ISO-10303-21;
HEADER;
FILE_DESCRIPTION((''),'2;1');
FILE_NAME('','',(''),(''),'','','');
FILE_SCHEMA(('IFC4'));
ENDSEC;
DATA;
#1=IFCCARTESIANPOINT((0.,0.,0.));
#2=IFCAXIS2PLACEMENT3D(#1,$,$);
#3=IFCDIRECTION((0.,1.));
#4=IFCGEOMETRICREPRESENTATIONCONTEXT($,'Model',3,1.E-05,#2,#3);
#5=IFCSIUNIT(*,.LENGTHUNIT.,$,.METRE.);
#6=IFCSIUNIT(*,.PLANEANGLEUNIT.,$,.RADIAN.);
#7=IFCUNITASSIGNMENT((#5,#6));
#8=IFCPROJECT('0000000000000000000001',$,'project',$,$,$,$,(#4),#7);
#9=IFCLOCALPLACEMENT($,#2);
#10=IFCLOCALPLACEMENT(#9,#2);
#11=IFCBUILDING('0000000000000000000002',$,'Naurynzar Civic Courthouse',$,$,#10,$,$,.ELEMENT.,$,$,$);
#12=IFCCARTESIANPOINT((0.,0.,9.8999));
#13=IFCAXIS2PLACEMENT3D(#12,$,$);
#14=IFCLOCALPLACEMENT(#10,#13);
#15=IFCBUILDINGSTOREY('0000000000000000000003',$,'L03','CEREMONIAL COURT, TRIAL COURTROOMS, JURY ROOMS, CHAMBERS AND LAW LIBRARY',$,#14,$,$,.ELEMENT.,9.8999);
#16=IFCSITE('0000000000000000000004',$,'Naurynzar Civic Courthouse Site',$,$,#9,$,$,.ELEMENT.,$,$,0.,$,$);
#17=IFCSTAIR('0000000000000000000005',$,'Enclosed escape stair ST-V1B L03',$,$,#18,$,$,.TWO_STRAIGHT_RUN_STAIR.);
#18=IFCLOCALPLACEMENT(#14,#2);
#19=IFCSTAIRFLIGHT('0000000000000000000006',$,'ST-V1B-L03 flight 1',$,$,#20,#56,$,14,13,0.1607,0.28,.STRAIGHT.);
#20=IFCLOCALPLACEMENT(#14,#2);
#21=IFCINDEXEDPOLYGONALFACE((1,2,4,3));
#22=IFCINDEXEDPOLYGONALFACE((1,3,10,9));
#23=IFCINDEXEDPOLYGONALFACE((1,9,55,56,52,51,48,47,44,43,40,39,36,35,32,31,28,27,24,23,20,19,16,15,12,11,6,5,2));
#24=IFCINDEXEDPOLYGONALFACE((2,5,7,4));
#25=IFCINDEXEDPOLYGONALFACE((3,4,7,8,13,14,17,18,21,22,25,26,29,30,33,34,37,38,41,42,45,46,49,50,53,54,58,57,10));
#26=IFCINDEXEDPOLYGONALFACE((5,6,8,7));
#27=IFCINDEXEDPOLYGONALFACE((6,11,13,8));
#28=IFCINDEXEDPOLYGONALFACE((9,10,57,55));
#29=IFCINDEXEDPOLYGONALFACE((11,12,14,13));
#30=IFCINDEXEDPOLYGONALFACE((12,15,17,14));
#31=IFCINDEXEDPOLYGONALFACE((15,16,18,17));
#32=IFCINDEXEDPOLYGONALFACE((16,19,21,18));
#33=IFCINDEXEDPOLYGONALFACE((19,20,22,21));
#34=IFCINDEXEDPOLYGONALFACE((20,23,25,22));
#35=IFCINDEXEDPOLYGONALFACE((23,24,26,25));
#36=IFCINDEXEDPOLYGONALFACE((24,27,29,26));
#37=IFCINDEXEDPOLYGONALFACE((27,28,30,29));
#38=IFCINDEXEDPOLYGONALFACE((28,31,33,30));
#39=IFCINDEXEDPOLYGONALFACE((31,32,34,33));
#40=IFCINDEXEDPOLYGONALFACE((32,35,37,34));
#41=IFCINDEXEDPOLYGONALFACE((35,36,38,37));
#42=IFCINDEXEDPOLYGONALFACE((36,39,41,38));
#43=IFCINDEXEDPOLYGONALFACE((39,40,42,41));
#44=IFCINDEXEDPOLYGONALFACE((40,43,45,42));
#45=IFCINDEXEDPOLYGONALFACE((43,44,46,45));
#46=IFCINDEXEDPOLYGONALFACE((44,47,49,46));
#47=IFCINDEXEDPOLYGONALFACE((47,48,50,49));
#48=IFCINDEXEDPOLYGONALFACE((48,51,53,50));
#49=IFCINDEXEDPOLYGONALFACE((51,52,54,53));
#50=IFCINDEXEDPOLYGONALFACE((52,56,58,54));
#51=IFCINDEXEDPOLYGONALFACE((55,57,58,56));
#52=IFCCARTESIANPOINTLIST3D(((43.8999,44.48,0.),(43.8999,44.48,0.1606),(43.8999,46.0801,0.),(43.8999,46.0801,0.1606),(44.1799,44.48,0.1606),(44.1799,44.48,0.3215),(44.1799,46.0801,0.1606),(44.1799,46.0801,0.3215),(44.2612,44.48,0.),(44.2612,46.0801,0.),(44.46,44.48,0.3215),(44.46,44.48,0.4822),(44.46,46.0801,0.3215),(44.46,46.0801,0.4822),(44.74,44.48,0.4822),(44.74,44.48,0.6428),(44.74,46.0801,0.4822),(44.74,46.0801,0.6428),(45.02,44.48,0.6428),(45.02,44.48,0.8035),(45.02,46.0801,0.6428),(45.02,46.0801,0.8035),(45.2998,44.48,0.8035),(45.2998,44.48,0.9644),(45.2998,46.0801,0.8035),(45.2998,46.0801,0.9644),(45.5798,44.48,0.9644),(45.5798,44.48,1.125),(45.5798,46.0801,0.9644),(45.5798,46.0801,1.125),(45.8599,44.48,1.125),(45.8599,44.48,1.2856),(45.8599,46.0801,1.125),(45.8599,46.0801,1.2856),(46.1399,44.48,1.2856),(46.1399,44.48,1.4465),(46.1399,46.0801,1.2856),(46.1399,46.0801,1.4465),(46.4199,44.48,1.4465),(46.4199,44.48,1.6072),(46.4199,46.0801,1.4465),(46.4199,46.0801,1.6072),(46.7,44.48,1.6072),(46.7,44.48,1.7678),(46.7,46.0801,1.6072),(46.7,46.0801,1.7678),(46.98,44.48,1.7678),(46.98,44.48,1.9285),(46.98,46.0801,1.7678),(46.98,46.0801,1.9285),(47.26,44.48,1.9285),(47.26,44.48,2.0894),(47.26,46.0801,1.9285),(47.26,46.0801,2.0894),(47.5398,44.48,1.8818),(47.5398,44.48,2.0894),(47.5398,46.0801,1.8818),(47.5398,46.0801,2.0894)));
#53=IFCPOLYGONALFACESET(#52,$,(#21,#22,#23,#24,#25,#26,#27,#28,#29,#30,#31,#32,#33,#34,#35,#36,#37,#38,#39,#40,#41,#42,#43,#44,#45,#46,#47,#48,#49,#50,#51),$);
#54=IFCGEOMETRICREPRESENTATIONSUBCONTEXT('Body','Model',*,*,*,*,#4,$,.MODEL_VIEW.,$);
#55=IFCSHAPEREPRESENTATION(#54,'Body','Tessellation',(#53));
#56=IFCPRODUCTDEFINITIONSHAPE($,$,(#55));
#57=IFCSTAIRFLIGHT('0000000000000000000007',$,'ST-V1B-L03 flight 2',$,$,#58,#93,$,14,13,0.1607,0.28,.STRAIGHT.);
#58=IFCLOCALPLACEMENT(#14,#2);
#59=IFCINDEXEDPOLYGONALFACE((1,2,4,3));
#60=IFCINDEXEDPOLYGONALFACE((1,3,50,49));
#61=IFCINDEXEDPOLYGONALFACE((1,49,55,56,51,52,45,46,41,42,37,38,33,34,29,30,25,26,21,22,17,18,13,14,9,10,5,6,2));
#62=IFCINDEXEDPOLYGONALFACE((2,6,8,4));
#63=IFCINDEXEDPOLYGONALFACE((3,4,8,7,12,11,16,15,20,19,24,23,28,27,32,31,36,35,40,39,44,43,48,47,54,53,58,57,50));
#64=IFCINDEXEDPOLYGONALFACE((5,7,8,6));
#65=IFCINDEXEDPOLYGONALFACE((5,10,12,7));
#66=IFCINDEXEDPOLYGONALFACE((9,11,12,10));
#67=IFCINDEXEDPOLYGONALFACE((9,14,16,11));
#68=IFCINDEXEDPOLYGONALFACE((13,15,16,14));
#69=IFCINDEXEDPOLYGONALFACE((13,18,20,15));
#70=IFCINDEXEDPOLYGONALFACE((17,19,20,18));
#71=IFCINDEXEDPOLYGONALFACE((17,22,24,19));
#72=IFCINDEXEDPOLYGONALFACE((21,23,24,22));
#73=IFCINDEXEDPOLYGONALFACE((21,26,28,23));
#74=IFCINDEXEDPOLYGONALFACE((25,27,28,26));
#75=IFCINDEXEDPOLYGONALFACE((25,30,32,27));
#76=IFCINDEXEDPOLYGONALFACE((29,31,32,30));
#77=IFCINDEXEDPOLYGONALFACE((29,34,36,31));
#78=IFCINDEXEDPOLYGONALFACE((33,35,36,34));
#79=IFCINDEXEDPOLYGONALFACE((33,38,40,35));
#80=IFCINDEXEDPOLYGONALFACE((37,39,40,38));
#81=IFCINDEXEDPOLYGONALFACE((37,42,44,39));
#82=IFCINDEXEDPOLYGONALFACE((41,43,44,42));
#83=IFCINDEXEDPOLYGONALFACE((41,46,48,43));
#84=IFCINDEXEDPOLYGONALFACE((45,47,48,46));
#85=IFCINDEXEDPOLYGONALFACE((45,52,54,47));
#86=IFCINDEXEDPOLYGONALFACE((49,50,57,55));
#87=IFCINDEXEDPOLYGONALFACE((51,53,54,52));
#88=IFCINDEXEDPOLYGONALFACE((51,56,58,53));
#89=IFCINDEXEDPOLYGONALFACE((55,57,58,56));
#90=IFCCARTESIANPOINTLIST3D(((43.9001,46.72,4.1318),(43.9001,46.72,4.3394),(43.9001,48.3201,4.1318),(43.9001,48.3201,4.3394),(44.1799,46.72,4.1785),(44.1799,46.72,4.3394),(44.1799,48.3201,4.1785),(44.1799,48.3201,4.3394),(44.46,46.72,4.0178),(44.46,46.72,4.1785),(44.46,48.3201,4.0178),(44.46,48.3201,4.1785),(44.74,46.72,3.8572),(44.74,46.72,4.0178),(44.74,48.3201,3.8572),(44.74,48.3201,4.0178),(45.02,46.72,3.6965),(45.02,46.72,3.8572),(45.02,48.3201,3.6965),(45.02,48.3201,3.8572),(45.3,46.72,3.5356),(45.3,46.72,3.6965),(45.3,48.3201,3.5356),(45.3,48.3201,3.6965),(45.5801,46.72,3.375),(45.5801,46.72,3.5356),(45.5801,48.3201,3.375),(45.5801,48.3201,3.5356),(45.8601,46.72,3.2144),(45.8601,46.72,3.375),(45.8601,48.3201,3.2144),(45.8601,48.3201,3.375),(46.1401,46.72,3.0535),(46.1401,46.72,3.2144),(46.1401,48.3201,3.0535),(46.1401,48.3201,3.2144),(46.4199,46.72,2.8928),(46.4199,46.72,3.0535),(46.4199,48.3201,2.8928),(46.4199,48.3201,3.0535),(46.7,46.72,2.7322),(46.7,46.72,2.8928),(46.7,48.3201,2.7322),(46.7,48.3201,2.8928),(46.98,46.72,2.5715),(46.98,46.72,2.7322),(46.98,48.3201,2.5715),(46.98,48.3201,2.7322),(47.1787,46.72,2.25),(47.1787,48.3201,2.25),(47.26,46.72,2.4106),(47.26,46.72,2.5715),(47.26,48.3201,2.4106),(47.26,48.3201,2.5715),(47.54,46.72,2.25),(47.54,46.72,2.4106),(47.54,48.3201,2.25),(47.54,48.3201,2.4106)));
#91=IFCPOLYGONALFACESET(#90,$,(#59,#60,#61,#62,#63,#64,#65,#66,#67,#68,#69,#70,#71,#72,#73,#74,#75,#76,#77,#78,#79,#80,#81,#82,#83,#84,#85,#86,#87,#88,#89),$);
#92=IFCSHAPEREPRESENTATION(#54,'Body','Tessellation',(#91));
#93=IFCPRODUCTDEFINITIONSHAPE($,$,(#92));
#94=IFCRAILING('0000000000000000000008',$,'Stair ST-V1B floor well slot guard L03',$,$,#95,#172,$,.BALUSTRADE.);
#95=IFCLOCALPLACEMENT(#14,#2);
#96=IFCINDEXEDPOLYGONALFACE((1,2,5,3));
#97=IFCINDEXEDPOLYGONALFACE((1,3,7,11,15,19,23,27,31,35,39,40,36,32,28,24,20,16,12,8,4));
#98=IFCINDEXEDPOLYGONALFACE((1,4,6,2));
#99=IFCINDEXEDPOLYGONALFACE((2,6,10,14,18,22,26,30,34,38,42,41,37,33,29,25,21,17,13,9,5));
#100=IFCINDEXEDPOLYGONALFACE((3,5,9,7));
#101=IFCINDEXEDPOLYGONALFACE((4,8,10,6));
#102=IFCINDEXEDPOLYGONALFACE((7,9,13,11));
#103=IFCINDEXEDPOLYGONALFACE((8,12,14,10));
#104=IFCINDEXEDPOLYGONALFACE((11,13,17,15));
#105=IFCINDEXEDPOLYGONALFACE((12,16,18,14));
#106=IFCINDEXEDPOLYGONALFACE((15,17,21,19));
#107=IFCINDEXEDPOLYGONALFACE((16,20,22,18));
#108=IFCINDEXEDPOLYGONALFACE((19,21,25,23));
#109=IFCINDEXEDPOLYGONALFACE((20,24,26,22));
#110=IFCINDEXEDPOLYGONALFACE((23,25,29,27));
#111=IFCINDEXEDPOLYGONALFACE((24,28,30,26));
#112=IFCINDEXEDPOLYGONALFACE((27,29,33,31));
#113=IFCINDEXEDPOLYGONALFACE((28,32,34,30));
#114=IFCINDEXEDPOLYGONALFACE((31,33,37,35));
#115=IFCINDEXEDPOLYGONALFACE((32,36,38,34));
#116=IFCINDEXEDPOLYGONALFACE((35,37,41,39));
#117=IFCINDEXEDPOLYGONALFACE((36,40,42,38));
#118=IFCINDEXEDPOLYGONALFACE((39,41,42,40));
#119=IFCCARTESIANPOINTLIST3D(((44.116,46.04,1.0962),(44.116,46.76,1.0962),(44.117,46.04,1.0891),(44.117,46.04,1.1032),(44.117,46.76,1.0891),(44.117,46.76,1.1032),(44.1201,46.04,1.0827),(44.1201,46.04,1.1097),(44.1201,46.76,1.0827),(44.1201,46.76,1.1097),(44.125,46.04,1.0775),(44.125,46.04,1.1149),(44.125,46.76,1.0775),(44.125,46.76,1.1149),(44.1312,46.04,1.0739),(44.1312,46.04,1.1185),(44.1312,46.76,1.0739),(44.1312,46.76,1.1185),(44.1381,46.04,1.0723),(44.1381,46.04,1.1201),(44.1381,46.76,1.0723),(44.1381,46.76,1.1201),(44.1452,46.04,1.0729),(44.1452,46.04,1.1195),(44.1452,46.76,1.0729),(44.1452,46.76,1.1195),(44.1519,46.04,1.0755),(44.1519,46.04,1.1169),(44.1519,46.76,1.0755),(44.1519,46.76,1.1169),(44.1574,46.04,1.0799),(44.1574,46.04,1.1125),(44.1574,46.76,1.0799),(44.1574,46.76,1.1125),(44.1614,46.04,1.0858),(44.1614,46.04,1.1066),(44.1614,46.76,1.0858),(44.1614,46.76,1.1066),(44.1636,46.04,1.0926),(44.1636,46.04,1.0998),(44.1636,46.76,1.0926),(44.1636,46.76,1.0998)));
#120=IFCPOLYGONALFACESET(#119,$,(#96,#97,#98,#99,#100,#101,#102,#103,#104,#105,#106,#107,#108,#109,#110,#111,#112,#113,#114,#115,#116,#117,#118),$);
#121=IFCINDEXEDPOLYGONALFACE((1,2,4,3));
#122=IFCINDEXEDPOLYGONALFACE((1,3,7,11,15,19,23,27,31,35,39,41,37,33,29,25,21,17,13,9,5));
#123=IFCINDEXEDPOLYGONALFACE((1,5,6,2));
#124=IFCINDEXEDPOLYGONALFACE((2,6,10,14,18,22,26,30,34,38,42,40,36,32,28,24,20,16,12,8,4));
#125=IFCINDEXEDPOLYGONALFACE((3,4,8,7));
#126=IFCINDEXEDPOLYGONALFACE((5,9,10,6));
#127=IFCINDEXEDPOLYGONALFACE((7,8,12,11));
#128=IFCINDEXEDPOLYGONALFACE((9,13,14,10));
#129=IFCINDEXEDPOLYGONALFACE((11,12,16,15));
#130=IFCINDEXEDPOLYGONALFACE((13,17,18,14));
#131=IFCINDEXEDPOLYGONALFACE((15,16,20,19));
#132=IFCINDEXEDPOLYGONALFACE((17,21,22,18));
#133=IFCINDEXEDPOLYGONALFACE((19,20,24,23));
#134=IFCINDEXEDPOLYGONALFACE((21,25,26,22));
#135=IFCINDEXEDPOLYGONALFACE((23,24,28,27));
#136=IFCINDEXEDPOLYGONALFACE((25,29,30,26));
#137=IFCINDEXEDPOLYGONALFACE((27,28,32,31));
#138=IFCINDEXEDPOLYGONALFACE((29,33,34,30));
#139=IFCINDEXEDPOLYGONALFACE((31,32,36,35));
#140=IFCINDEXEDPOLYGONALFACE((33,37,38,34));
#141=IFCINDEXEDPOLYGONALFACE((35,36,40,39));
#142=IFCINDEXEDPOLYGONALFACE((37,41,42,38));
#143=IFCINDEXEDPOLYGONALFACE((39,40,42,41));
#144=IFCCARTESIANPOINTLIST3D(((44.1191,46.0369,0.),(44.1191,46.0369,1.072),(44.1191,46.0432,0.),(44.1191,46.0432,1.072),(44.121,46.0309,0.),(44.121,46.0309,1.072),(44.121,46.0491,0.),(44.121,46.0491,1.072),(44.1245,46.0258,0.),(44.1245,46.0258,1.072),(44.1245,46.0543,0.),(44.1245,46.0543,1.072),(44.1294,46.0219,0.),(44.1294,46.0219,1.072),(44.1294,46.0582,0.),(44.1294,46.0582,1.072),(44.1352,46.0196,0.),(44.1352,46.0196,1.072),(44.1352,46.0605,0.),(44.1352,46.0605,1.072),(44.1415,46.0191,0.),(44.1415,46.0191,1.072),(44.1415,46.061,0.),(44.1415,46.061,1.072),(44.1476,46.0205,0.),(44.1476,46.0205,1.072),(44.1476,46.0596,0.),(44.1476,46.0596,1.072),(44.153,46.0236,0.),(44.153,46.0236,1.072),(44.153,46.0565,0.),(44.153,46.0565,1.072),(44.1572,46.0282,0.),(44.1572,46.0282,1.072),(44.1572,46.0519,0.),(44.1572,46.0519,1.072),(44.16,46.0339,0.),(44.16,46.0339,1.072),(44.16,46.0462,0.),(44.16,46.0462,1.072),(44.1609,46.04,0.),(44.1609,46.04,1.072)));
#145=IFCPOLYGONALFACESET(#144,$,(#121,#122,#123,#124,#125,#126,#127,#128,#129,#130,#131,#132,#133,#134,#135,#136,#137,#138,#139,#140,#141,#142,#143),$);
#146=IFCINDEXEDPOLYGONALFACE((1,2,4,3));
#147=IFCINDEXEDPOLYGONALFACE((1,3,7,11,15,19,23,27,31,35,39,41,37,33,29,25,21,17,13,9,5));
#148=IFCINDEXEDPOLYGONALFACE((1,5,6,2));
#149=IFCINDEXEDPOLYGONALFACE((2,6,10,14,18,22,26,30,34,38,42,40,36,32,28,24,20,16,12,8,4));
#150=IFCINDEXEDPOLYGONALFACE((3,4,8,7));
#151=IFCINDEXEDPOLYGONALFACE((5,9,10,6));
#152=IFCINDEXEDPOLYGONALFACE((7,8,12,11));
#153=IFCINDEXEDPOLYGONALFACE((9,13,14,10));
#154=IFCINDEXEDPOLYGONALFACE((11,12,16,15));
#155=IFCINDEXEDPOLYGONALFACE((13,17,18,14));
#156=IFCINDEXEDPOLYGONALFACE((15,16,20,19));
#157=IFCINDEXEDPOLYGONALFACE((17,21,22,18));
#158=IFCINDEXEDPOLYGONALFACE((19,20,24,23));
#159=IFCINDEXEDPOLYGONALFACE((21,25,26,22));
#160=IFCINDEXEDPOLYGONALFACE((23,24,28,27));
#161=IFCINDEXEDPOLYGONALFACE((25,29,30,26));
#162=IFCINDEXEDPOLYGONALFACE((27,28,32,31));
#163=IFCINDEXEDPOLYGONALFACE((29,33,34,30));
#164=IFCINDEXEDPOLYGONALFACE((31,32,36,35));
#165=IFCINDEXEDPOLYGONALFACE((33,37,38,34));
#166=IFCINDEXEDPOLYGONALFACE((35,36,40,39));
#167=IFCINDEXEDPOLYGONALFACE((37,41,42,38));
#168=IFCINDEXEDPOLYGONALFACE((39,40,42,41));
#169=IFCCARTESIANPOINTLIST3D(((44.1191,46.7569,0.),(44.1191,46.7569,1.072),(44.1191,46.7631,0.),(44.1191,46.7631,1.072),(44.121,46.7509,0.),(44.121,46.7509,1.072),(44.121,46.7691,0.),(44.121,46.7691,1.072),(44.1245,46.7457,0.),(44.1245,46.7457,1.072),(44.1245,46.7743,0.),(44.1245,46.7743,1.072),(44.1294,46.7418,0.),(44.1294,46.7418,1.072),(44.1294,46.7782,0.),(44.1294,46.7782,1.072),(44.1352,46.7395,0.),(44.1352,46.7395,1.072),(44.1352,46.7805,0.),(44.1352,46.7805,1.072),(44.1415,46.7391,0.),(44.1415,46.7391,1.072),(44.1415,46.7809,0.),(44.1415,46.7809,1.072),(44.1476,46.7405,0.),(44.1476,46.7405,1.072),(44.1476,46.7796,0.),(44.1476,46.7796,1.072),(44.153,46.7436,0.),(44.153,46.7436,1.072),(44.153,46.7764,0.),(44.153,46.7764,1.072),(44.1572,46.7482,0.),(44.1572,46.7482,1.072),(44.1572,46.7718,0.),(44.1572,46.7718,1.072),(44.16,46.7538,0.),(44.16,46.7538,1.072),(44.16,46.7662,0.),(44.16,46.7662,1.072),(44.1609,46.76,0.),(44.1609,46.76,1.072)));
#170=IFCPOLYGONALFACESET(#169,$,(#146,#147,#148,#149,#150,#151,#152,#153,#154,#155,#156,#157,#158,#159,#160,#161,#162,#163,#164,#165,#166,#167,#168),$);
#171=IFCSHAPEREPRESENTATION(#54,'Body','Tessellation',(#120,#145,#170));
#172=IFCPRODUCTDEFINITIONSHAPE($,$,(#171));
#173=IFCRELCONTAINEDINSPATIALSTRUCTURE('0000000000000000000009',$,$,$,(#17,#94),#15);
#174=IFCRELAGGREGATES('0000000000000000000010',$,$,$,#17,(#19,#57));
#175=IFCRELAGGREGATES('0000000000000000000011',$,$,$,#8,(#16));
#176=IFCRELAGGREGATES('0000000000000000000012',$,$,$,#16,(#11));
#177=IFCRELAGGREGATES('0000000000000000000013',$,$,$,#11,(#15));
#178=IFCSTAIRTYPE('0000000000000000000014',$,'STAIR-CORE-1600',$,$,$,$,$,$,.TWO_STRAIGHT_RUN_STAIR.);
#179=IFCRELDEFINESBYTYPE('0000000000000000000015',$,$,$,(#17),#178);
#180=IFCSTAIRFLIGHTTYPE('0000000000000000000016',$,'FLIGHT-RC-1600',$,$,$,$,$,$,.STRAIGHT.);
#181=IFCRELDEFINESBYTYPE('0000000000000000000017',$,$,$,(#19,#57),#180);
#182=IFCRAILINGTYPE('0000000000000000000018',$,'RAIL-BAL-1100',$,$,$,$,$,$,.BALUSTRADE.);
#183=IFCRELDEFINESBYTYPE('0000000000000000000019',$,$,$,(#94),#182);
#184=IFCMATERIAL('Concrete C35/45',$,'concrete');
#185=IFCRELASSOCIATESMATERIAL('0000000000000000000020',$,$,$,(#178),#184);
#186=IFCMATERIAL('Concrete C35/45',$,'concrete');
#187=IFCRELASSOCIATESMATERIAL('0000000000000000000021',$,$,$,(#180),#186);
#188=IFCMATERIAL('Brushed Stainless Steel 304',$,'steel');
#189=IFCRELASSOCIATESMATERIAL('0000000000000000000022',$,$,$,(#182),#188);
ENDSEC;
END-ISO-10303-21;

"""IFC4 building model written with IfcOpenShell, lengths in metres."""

from ifc_helpers import new_model, si_unit, direction, frame, origin, origin_2d, place, context, subcontext, project, spatial, polyline, circle, outline, extrude, material, type_object, element, aggregate, save


model = new_model("IFC4")

# Units and contexts
model_context = context("Model", 3, precision=1e-05, world=origin(), true_north=direction((0.0, 1.0)))
body_context = subcontext(model_context, "Body", "Model", "MODEL_VIEW")
ifc_project = project(units=[si_unit("LENGTHUNIT", "METRE"), si_unit("PLANEANGLEUNIT", "RADIAN")], contexts=[model_context])

# Site, building, storey
site_placement = place(None, origin())
site = spatial("IfcSite", under=ifc_project, at=site_placement, Name="Naurynzar Civic Courthouse Site", CompositionType="ELEMENT", RefElevation=0.0)
building_placement = place(site_placement, origin())
building = spatial("IfcBuilding", under=site, at=building_placement, Name="Naurynzar Civic Courthouse", CompositionType="ELEMENT")
storey_placement = place(building_placement, frame((0.0, 0.0, 9.8999)))
storey = spatial("IfcBuildingStorey", under=building, at=storey_placement, Name="L03", Description="CEREMONIAL COURT, TRIAL COURTROOMS, JURY ROOMS, CHAMBERS AND LAW LIBRARY", CompositionType="ELEMENT", Elevation=9.8999)

# Stair, stair flights
ifc_material_1 = material(Name="Concrete C35/45", Category="concrete")
stair_type = type_object("IfcStairType", Name="STAIR-CORE-1600", PredefinedType="TWO_STRAIGHT_RUN_STAIR", material=ifc_material_1)
stair_placement = place(storey_placement, origin())
stair = element("IfcStair", 1, at=stair_placement, inside=storey, type_object=stair_type, Name="Enclosed escape stair ST-V1B L03", PredefinedType="TWO_STRAIGHT_RUN_STAIR")
ifc_material_2 = material(Name="Concrete C35/45", Category="concrete")
stair_flight_type = type_object("IfcStairFlightType", Name="FLIGHT-RC-1600", PredefinedType="STRAIGHT", material=ifc_material_2)
stair_flight_1_placement = place(storey_placement, frame((43.8999, 45.28, 0.0), z_axis=(0.0, 0.0, 1.0), x_axis=(1.0, 0.0, 0.0)))
stair_flight_1 = element("IfcStairFlight", 2, at=stair_flight_1_placement, type_object=stair_flight_type, Name="ST-V1B-L03 flight 1", NumberOfRisers=14, NumberOfTreads=13, PredefinedType="STRAIGHT", RiserHeight=0.1607, TreadLength=0.28, context=body_context, shape_type="SweptSolid", body=[
    extrude(outline(polyline([(0.0, 0.0), (0.0, 0.1606), (0.28, 0.1606), (0.28, 0.3215), (0.5601, 0.3215), (0.5601, 0.4822), (0.8401, 0.4822), (0.8401, 0.6428), (1.1201, 0.6428), (1.1201, 0.8035), (1.3999, 0.8035), (1.3999, 0.9644), (1.6799, 0.9644), (1.6799, 1.125), (1.96, 1.125), (1.96, 1.2856), (2.24, 1.2856), (2.24, 1.4465), (2.52, 1.4465), (2.52, 1.6072), (2.8, 1.6072), (2.8, 1.7678), (3.0801, 1.7678), (3.0801, 1.9285), (3.3601, 1.9285), (3.3601, 2.0894), (3.6399, 2.0894), (3.6399, 2.25), (3.6399, 1.8818), (0.3613, 0.0), (0.0, 0.0)])), frame((0.0, 0.8, 0.0), z_axis=(0.0, -1.0, 0.0), x_axis=(1.0, 0.0, 0.0)), (0.0, 0.0, 1.0), 1.6001),
])
stair_flight_2_placement = place(storey_placement, frame((47.54, 47.52, 2.25), z_axis=(0.0, 0.0, 1.0), x_axis=(-1.0, 0.0, 0.0)))
stair_flight_2 = element("IfcStairFlight", 3, at=stair_flight_2_placement, type_object=stair_flight_type, Name="ST-V1B-L03 flight 2", NumberOfRisers=14, NumberOfTreads=13, PredefinedType="STRAIGHT", RiserHeight=0.1607, TreadLength=0.28, context=body_context, shape_type="SweptSolid", body=[
    extrude(outline(polyline([(0.0, 0.0), (0.0, 0.1606), (0.28, 0.1606), (0.28, 0.3215), (0.5601, 0.3215), (0.5601, 0.4822), (0.8401, 0.4822), (0.8401, 0.6428), (1.1201, 0.6428), (1.1201, 0.8035), (1.3999, 0.8035), (1.3999, 0.9644), (1.6799, 0.9644), (1.6799, 1.125), (1.96, 1.125), (1.96, 1.2856), (2.24, 1.2856), (2.24, 1.4465), (2.52, 1.4465), (2.52, 1.6072), (2.8, 1.6072), (2.8, 1.7678), (3.0801, 1.7678), (3.0801, 1.9285), (3.3601, 1.9285), (3.3601, 2.0894), (3.6399, 2.0894), (3.6399, 2.25), (3.6399, 1.8818), (0.3613, 0.0), (0.0, 0.0)])), frame((0.0, 0.8, 0.0), z_axis=(0.0, -1.0, 0.0), x_axis=(1.0, 0.0, 0.0)), (0.0, 0.0, 1.0), 1.6001),
])
aggregate(stair, [stair_flight_1, stair_flight_2])

# Railing
ifc_material_3 = material(Name="Brushed Stainless Steel 304", Category="steel")
railing_type_1 = type_object("IfcRailingType", Name="RAIL-BAL-1100", PredefinedType="BALUSTRADE", material=ifc_material_3)
for number, where, name in (
    (4, (44.1399, 46.04, 0.0), "Stair ST-V1B floor well slot guard L03"),
):
    element("IfcRailing", number, at=place(storey_placement, frame(where)), inside=storey, type_object=railing_type_1, Name=name, PredefinedType="BALUSTRADE", context=body_context, shape_type="SweptSolid", body=[
        extrude(circle(Radius=0.0239, at=origin_2d()), frame((0.0, 0.0, 1.0962), z_axis=(0.0, 1.0, 0.0), x_axis=(-1.0, 0.0, 0.0)), (0.0, 0.0, 1.0), 0.72),
        extrude(circle(Radius=0.021, at=origin_2d()), origin(), (0.0, 0.0, 1.0), 1.072),
        extrude(circle(Radius=0.021, at=origin_2d()), frame((0.0, 0.72, 0.0)), (0.0, 0.0, 1.0), 1.072),
    ])

save(model, "model.ifc")
